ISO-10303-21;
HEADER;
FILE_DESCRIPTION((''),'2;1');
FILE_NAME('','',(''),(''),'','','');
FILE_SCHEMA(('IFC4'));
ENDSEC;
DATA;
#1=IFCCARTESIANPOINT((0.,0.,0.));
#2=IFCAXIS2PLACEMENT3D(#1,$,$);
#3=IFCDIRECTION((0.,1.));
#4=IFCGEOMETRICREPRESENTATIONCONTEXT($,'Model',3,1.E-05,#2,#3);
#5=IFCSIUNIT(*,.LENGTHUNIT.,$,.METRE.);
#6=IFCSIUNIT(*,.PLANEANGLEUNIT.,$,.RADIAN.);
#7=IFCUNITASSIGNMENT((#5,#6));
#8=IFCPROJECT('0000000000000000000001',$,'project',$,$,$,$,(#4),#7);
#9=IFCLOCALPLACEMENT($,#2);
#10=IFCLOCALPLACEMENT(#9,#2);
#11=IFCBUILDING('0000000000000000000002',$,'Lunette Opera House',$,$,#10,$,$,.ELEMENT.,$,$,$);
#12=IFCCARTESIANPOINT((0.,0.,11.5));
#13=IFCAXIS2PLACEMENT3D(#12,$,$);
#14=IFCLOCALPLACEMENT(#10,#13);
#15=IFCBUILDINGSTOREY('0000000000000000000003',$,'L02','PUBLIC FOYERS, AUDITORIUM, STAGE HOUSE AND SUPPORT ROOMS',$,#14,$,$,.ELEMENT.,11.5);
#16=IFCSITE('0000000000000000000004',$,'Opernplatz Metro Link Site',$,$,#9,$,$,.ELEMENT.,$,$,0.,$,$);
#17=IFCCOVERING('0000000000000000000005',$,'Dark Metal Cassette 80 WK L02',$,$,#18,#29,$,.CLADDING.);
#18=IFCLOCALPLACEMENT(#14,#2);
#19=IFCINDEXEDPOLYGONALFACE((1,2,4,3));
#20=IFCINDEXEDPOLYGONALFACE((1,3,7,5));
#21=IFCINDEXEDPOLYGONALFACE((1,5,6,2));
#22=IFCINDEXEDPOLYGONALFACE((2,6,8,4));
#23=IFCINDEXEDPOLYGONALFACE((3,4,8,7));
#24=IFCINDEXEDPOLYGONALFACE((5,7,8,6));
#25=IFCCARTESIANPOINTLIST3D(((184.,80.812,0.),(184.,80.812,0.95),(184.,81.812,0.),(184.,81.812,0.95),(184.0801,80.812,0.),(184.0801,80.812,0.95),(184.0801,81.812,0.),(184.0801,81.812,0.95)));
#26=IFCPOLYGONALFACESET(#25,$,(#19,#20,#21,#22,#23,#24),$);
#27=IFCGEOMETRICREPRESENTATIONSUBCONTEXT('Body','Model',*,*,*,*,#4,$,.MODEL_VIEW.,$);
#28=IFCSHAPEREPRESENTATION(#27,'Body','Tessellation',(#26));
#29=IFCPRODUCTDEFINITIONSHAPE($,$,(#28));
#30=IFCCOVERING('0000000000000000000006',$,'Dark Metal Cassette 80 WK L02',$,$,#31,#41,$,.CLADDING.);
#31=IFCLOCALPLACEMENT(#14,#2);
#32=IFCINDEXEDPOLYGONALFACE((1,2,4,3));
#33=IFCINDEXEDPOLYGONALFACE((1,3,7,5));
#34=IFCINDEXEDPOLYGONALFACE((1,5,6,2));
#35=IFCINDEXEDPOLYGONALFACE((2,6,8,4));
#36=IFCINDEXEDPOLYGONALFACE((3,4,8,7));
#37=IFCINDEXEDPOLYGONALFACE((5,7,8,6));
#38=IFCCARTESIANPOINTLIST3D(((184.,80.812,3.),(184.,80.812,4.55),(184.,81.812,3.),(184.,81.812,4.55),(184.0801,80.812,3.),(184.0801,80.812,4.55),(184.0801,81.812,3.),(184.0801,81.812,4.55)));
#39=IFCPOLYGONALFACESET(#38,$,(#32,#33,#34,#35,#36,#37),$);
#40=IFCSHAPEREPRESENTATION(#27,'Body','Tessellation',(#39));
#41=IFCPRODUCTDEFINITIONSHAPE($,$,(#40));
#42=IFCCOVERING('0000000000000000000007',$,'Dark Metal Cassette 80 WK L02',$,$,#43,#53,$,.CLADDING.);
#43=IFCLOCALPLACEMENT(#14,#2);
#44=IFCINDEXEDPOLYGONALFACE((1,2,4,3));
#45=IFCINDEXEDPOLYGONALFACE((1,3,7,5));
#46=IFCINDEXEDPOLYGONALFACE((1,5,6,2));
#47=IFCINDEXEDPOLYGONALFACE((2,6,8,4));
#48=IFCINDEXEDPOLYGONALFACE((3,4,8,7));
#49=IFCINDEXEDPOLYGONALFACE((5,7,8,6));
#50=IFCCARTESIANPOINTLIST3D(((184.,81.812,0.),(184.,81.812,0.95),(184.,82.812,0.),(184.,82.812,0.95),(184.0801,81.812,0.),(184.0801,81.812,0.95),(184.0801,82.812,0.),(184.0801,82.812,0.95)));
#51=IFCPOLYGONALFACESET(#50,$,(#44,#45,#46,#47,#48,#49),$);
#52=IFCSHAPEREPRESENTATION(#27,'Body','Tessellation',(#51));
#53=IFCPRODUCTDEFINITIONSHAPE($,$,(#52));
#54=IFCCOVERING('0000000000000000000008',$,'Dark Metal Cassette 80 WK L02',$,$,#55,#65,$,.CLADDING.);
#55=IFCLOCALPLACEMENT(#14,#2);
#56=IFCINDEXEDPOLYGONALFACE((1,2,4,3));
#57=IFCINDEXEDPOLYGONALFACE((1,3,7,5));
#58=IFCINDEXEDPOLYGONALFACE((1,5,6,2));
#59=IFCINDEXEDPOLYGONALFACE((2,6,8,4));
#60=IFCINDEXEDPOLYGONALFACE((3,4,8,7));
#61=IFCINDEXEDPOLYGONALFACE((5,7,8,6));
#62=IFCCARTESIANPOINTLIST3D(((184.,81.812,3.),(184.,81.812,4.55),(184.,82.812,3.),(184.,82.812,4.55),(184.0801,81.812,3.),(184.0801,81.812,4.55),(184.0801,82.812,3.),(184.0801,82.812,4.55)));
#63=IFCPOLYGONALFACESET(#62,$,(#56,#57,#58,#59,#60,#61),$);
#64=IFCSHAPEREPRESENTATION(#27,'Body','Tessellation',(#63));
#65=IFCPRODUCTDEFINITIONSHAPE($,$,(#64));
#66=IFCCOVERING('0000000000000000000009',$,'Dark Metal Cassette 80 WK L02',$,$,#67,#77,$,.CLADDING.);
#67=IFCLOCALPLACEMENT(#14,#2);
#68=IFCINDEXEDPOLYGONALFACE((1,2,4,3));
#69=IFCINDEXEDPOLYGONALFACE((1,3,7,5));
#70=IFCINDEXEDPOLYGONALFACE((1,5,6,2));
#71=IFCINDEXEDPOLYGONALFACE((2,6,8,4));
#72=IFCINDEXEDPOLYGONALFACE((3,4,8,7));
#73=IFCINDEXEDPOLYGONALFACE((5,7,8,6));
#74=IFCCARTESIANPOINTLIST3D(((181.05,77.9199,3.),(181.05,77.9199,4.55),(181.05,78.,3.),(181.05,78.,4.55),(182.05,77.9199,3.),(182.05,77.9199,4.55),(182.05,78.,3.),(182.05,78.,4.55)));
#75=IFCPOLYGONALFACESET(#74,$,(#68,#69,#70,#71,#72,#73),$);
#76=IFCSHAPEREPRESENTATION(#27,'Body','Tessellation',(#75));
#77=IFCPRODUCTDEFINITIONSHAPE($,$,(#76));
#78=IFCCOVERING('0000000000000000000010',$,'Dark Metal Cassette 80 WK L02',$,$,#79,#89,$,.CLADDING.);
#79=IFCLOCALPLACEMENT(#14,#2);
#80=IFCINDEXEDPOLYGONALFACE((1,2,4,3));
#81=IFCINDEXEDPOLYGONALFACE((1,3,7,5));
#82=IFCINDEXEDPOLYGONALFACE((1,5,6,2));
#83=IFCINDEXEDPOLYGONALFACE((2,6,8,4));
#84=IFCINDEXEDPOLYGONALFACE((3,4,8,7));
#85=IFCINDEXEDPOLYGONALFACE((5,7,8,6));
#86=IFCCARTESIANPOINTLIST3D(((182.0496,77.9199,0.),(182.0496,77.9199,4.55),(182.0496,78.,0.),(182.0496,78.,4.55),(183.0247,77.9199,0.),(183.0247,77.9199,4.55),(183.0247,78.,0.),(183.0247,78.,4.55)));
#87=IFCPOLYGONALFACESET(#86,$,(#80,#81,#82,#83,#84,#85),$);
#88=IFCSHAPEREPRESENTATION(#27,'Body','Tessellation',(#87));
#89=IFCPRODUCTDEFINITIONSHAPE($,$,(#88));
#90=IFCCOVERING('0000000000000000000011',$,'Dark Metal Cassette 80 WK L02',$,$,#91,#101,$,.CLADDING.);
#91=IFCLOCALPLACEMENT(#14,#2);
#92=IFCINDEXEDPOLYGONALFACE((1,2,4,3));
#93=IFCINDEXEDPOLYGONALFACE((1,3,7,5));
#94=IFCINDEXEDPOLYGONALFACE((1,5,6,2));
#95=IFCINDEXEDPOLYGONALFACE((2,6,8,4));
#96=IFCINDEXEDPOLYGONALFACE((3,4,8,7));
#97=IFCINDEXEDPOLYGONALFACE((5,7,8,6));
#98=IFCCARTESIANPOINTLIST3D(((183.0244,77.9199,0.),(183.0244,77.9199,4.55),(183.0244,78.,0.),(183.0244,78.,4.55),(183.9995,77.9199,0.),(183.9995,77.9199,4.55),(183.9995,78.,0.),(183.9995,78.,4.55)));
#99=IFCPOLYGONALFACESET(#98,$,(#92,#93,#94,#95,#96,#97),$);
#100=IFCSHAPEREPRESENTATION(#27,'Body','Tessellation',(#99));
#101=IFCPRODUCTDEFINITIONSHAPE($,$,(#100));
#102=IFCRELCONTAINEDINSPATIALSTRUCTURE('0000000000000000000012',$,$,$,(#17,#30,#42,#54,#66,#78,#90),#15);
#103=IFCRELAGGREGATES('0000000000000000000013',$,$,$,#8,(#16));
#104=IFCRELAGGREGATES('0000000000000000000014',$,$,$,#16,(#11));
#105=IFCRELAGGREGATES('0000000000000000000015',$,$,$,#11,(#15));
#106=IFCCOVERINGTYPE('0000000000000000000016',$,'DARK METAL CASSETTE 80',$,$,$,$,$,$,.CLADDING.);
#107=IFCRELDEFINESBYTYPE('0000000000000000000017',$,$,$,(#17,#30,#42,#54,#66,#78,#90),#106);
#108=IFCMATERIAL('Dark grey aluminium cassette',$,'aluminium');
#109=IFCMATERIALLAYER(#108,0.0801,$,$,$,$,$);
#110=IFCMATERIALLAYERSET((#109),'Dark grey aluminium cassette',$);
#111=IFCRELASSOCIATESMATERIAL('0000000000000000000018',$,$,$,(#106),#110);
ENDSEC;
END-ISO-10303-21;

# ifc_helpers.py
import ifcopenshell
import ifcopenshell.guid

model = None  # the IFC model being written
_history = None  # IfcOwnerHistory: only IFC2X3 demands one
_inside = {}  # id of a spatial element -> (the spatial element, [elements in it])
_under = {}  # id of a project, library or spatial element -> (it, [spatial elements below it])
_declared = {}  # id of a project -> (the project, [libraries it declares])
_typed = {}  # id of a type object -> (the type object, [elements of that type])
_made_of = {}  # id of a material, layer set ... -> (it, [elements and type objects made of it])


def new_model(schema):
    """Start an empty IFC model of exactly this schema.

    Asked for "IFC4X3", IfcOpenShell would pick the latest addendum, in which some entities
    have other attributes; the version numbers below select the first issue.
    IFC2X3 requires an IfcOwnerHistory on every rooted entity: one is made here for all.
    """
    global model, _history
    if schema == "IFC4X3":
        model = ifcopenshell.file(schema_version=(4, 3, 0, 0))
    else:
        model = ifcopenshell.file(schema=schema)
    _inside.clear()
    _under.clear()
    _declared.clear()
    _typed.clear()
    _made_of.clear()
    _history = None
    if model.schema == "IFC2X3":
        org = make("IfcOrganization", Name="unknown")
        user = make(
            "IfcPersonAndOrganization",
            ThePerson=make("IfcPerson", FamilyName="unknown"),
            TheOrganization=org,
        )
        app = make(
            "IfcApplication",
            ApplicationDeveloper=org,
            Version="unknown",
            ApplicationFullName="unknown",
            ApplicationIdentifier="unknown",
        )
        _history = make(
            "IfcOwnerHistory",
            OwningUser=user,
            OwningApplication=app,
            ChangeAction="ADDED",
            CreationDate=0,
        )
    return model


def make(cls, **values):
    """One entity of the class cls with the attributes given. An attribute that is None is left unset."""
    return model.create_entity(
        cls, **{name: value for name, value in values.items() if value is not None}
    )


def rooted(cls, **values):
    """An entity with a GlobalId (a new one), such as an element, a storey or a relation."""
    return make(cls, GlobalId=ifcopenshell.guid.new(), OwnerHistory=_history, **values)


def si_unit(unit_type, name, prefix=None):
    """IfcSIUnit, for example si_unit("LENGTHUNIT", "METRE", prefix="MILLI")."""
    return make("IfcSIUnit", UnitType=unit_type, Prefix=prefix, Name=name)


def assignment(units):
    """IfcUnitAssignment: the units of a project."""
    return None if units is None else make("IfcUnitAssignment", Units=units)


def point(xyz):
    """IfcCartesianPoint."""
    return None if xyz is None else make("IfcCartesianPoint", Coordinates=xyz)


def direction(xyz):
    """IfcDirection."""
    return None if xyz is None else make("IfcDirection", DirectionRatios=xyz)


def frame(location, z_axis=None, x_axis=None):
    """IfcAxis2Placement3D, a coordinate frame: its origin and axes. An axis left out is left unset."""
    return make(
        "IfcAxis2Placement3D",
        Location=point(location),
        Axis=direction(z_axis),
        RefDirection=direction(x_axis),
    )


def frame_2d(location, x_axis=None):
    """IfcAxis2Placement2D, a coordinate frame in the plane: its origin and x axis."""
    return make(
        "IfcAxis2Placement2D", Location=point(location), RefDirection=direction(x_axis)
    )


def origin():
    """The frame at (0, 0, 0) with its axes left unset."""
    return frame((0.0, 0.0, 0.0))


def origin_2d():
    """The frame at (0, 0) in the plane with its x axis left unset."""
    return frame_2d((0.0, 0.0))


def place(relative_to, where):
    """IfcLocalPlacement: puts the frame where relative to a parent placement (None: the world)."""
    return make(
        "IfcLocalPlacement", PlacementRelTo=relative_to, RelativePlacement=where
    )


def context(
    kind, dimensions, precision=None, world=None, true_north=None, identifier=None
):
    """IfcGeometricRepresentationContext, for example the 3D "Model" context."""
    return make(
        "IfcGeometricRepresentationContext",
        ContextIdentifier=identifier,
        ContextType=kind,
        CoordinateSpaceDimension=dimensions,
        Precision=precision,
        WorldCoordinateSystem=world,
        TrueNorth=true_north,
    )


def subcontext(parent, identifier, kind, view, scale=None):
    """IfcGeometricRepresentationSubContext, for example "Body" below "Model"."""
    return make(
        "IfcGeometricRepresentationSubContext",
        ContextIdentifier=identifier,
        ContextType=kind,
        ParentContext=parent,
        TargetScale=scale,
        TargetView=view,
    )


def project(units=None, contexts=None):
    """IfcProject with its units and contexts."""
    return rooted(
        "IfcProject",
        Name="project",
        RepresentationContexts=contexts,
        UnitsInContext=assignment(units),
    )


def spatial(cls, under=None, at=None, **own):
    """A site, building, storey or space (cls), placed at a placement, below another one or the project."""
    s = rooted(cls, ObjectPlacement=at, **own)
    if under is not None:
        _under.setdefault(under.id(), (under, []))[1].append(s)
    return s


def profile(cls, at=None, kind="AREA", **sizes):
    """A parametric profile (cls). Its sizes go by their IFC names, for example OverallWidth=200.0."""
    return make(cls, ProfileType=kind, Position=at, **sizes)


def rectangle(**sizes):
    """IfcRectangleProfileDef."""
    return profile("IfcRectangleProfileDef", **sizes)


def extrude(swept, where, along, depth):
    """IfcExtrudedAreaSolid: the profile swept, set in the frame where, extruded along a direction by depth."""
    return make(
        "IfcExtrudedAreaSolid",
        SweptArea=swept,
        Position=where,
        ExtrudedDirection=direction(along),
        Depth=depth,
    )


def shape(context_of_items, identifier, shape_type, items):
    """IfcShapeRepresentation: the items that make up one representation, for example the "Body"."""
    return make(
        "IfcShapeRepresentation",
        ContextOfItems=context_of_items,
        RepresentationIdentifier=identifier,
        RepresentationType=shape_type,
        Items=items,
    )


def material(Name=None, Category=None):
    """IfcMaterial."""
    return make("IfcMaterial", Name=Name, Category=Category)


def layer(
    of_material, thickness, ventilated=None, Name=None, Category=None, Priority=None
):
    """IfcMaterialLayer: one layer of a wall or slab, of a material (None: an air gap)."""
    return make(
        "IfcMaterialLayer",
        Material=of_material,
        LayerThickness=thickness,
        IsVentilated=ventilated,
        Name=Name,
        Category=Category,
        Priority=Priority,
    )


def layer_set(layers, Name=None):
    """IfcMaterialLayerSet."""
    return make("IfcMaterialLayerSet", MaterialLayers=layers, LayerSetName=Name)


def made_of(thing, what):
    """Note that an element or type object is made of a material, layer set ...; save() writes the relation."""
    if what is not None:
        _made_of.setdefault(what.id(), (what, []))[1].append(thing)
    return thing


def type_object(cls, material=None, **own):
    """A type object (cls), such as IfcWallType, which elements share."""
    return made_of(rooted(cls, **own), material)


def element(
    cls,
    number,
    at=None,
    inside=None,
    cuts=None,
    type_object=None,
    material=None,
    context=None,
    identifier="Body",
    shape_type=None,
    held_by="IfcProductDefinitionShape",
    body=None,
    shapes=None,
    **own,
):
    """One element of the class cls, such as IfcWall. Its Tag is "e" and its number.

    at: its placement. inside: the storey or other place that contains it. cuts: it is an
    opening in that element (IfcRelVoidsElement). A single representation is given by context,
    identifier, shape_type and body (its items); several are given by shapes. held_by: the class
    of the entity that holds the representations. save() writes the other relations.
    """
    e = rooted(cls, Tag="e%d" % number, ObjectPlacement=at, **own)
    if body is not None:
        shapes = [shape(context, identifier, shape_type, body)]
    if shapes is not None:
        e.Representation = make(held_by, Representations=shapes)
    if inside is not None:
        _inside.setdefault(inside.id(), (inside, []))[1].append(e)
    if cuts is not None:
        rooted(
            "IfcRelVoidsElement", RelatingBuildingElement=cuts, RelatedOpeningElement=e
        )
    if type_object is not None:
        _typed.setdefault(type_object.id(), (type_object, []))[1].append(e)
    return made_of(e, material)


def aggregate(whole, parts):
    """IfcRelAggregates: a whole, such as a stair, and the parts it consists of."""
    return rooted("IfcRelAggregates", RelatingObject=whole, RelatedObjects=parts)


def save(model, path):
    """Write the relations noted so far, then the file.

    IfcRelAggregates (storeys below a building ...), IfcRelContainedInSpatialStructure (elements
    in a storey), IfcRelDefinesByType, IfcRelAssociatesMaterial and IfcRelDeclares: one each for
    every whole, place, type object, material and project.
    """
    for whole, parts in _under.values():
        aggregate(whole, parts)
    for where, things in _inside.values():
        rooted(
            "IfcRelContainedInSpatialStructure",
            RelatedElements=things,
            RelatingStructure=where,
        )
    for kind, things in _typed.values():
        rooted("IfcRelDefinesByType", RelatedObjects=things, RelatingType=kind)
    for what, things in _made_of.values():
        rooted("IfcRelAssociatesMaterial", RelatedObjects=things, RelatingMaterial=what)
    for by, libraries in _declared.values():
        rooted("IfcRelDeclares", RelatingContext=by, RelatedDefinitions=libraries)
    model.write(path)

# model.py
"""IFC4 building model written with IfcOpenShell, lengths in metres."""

from ifc_helpers import new_model, si_unit, direction, frame, origin, origin_2d, place, context, subcontext, project, spatial, rectangle, extrude, material, layer, layer_set, type_object, element, save


model = new_model("IFC4")

# Units and contexts
model_context = context("Model", 3, precision=1e-05, world=origin(), true_north=direction((0.0, 1.0)))
body_context = subcontext(model_context, "Body", "Model", "MODEL_VIEW")
ifc_project = project(units=[si_unit("LENGTHUNIT", "METRE"), si_unit("PLANEANGLEUNIT", "RADIAN")], contexts=[model_context])

# Site, building, storey
site_placement = place(None, origin())
site = spatial("IfcSite", under=ifc_project, at=site_placement, Name="Opernplatz Metro Link Site", CompositionType="ELEMENT", RefElevation=0.0)
building_placement = place(site_placement, origin())
building = spatial("IfcBuilding", under=site, at=building_placement, Name="Lunette Opera House", CompositionType="ELEMENT")
storey_placement = place(building_placement, frame((0.0, 0.0, 11.5)))
storey = spatial("IfcBuildingStorey", under=building, at=storey_placement, Name="L02", Description="PUBLIC FOYERS, AUDITORIUM, STAGE HOUSE AND SUPPORT ROOMS", CompositionType="ELEMENT", Elevation=11.5)

# Coverings
ifc_material_1 = material(Name="Dark grey aluminium cassette", Category="aluminium")
ifc_layer_1 = layer(ifc_material_1, 0.0801)
ifc_layer_set_1 = layer_set([ifc_layer_1], Name="Dark grey aluminium cassette")
covering_type = type_object("IfcCoveringType", Name="DARK METAL CASSETTE 80", PredefinedType="CLADDING", material=ifc_layer_set_1)
covering_1_placement = place(storey_placement, frame((184.04, 81.312, 0.0), z_axis=(0.0, 0.0, 1.0), x_axis=(0.0, 1.0, 0.0)))
element("IfcCovering", 1, at=covering_1_placement, inside=storey, type_object=covering_type, Name="Dark Metal Cassette 80 WK L02", PredefinedType="CLADDING", context=body_context, shape_type="SweptSolid", body=[
    extrude(rectangle(XDim=1.0, YDim=0.0801, at=origin_2d()), origin(), (0.0, 0.0, 1.0), 0.95),
])
covering_2_placement = place(storey_placement, frame((184.04, 81.312, 3.0), z_axis=(0.0, 0.0, 1.0), x_axis=(0.0, 1.0, 0.0)))
element("IfcCovering", 2, at=covering_2_placement, inside=storey, type_object=covering_type, Name="Dark Metal Cassette 80 WK L02", PredefinedType="CLADDING", context=body_context, shape_type="SweptSolid", body=[
    extrude(rectangle(XDim=1.0, YDim=0.0801, at=origin_2d()), origin(), (0.0, 0.0, 1.0), 1.55),
])
covering_3_placement = place(storey_placement, frame((184.04, 82.312, 0.0), z_axis=(0.0, 0.0, 1.0), x_axis=(0.0, 1.0, 0.0)))
element("IfcCovering", 3, at=covering_3_placement, inside=storey, type_object=covering_type, Name="Dark Metal Cassette 80 WK L02", PredefinedType="CLADDING", context=body_context, shape_type="SweptSolid", body=[
    extrude(rectangle(XDim=1.0, YDim=0.0801, at=origin_2d()), origin(), (0.0, 0.0, 1.0), 0.95),
])
for number, where, z_axis, x_axis, name in (
    (4, (184.04, 82.312, 3.0), (0.0, 0.0, 1.0), (0.0, 1.0, 0.0), "Dark Metal Cassette 80 WK L02"),
    (5, (181.55, 77.96, 3.0), (0.0, 0.0, 1.0), (1.0, 0.0, 0.0), "Dark Metal Cassette 80 WK L02"),
):
    element("IfcCovering", number, at=place(storey_placement, frame(where, z_axis=z_axis, x_axis=x_axis)), inside=storey, type_object=covering_type, Name=name, PredefinedType="CLADDING", context=body_context, shape_type="SweptSolid", body=[
        extrude(rectangle(XDim=1.0, YDim=0.0801, at=origin_2d()), origin(), (0.0, 0.0, 1.0), 1.55),
    ])
for number, where, z_axis, x_axis, name in (
    (6, (182.5371, 77.96, 0.0), (0.0, 0.0, 1.0), (1.0, 0.0, 0.0), "Dark Metal Cassette 80 WK L02"),
    (7, (183.512, 77.96, 0.0), (0.0, 0.0, 1.0), (1.0, 0.0, 0.0), "Dark Metal Cassette 80 WK L02"),
):
    element("IfcCovering", number, at=place(storey_placement, frame(where, z_axis=z_axis, x_axis=x_axis)), inside=storey, type_object=covering_type, Name=name, PredefinedType="CLADDING", context=body_context, shape_type="SweptSolid", body=[
        extrude(rectangle(XDim=0.9751, YDim=0.0801, at=origin_2d()), origin(), (0.0, 0.0, 1.0), 4.55),
    ])

save(model, "model.ifc")
